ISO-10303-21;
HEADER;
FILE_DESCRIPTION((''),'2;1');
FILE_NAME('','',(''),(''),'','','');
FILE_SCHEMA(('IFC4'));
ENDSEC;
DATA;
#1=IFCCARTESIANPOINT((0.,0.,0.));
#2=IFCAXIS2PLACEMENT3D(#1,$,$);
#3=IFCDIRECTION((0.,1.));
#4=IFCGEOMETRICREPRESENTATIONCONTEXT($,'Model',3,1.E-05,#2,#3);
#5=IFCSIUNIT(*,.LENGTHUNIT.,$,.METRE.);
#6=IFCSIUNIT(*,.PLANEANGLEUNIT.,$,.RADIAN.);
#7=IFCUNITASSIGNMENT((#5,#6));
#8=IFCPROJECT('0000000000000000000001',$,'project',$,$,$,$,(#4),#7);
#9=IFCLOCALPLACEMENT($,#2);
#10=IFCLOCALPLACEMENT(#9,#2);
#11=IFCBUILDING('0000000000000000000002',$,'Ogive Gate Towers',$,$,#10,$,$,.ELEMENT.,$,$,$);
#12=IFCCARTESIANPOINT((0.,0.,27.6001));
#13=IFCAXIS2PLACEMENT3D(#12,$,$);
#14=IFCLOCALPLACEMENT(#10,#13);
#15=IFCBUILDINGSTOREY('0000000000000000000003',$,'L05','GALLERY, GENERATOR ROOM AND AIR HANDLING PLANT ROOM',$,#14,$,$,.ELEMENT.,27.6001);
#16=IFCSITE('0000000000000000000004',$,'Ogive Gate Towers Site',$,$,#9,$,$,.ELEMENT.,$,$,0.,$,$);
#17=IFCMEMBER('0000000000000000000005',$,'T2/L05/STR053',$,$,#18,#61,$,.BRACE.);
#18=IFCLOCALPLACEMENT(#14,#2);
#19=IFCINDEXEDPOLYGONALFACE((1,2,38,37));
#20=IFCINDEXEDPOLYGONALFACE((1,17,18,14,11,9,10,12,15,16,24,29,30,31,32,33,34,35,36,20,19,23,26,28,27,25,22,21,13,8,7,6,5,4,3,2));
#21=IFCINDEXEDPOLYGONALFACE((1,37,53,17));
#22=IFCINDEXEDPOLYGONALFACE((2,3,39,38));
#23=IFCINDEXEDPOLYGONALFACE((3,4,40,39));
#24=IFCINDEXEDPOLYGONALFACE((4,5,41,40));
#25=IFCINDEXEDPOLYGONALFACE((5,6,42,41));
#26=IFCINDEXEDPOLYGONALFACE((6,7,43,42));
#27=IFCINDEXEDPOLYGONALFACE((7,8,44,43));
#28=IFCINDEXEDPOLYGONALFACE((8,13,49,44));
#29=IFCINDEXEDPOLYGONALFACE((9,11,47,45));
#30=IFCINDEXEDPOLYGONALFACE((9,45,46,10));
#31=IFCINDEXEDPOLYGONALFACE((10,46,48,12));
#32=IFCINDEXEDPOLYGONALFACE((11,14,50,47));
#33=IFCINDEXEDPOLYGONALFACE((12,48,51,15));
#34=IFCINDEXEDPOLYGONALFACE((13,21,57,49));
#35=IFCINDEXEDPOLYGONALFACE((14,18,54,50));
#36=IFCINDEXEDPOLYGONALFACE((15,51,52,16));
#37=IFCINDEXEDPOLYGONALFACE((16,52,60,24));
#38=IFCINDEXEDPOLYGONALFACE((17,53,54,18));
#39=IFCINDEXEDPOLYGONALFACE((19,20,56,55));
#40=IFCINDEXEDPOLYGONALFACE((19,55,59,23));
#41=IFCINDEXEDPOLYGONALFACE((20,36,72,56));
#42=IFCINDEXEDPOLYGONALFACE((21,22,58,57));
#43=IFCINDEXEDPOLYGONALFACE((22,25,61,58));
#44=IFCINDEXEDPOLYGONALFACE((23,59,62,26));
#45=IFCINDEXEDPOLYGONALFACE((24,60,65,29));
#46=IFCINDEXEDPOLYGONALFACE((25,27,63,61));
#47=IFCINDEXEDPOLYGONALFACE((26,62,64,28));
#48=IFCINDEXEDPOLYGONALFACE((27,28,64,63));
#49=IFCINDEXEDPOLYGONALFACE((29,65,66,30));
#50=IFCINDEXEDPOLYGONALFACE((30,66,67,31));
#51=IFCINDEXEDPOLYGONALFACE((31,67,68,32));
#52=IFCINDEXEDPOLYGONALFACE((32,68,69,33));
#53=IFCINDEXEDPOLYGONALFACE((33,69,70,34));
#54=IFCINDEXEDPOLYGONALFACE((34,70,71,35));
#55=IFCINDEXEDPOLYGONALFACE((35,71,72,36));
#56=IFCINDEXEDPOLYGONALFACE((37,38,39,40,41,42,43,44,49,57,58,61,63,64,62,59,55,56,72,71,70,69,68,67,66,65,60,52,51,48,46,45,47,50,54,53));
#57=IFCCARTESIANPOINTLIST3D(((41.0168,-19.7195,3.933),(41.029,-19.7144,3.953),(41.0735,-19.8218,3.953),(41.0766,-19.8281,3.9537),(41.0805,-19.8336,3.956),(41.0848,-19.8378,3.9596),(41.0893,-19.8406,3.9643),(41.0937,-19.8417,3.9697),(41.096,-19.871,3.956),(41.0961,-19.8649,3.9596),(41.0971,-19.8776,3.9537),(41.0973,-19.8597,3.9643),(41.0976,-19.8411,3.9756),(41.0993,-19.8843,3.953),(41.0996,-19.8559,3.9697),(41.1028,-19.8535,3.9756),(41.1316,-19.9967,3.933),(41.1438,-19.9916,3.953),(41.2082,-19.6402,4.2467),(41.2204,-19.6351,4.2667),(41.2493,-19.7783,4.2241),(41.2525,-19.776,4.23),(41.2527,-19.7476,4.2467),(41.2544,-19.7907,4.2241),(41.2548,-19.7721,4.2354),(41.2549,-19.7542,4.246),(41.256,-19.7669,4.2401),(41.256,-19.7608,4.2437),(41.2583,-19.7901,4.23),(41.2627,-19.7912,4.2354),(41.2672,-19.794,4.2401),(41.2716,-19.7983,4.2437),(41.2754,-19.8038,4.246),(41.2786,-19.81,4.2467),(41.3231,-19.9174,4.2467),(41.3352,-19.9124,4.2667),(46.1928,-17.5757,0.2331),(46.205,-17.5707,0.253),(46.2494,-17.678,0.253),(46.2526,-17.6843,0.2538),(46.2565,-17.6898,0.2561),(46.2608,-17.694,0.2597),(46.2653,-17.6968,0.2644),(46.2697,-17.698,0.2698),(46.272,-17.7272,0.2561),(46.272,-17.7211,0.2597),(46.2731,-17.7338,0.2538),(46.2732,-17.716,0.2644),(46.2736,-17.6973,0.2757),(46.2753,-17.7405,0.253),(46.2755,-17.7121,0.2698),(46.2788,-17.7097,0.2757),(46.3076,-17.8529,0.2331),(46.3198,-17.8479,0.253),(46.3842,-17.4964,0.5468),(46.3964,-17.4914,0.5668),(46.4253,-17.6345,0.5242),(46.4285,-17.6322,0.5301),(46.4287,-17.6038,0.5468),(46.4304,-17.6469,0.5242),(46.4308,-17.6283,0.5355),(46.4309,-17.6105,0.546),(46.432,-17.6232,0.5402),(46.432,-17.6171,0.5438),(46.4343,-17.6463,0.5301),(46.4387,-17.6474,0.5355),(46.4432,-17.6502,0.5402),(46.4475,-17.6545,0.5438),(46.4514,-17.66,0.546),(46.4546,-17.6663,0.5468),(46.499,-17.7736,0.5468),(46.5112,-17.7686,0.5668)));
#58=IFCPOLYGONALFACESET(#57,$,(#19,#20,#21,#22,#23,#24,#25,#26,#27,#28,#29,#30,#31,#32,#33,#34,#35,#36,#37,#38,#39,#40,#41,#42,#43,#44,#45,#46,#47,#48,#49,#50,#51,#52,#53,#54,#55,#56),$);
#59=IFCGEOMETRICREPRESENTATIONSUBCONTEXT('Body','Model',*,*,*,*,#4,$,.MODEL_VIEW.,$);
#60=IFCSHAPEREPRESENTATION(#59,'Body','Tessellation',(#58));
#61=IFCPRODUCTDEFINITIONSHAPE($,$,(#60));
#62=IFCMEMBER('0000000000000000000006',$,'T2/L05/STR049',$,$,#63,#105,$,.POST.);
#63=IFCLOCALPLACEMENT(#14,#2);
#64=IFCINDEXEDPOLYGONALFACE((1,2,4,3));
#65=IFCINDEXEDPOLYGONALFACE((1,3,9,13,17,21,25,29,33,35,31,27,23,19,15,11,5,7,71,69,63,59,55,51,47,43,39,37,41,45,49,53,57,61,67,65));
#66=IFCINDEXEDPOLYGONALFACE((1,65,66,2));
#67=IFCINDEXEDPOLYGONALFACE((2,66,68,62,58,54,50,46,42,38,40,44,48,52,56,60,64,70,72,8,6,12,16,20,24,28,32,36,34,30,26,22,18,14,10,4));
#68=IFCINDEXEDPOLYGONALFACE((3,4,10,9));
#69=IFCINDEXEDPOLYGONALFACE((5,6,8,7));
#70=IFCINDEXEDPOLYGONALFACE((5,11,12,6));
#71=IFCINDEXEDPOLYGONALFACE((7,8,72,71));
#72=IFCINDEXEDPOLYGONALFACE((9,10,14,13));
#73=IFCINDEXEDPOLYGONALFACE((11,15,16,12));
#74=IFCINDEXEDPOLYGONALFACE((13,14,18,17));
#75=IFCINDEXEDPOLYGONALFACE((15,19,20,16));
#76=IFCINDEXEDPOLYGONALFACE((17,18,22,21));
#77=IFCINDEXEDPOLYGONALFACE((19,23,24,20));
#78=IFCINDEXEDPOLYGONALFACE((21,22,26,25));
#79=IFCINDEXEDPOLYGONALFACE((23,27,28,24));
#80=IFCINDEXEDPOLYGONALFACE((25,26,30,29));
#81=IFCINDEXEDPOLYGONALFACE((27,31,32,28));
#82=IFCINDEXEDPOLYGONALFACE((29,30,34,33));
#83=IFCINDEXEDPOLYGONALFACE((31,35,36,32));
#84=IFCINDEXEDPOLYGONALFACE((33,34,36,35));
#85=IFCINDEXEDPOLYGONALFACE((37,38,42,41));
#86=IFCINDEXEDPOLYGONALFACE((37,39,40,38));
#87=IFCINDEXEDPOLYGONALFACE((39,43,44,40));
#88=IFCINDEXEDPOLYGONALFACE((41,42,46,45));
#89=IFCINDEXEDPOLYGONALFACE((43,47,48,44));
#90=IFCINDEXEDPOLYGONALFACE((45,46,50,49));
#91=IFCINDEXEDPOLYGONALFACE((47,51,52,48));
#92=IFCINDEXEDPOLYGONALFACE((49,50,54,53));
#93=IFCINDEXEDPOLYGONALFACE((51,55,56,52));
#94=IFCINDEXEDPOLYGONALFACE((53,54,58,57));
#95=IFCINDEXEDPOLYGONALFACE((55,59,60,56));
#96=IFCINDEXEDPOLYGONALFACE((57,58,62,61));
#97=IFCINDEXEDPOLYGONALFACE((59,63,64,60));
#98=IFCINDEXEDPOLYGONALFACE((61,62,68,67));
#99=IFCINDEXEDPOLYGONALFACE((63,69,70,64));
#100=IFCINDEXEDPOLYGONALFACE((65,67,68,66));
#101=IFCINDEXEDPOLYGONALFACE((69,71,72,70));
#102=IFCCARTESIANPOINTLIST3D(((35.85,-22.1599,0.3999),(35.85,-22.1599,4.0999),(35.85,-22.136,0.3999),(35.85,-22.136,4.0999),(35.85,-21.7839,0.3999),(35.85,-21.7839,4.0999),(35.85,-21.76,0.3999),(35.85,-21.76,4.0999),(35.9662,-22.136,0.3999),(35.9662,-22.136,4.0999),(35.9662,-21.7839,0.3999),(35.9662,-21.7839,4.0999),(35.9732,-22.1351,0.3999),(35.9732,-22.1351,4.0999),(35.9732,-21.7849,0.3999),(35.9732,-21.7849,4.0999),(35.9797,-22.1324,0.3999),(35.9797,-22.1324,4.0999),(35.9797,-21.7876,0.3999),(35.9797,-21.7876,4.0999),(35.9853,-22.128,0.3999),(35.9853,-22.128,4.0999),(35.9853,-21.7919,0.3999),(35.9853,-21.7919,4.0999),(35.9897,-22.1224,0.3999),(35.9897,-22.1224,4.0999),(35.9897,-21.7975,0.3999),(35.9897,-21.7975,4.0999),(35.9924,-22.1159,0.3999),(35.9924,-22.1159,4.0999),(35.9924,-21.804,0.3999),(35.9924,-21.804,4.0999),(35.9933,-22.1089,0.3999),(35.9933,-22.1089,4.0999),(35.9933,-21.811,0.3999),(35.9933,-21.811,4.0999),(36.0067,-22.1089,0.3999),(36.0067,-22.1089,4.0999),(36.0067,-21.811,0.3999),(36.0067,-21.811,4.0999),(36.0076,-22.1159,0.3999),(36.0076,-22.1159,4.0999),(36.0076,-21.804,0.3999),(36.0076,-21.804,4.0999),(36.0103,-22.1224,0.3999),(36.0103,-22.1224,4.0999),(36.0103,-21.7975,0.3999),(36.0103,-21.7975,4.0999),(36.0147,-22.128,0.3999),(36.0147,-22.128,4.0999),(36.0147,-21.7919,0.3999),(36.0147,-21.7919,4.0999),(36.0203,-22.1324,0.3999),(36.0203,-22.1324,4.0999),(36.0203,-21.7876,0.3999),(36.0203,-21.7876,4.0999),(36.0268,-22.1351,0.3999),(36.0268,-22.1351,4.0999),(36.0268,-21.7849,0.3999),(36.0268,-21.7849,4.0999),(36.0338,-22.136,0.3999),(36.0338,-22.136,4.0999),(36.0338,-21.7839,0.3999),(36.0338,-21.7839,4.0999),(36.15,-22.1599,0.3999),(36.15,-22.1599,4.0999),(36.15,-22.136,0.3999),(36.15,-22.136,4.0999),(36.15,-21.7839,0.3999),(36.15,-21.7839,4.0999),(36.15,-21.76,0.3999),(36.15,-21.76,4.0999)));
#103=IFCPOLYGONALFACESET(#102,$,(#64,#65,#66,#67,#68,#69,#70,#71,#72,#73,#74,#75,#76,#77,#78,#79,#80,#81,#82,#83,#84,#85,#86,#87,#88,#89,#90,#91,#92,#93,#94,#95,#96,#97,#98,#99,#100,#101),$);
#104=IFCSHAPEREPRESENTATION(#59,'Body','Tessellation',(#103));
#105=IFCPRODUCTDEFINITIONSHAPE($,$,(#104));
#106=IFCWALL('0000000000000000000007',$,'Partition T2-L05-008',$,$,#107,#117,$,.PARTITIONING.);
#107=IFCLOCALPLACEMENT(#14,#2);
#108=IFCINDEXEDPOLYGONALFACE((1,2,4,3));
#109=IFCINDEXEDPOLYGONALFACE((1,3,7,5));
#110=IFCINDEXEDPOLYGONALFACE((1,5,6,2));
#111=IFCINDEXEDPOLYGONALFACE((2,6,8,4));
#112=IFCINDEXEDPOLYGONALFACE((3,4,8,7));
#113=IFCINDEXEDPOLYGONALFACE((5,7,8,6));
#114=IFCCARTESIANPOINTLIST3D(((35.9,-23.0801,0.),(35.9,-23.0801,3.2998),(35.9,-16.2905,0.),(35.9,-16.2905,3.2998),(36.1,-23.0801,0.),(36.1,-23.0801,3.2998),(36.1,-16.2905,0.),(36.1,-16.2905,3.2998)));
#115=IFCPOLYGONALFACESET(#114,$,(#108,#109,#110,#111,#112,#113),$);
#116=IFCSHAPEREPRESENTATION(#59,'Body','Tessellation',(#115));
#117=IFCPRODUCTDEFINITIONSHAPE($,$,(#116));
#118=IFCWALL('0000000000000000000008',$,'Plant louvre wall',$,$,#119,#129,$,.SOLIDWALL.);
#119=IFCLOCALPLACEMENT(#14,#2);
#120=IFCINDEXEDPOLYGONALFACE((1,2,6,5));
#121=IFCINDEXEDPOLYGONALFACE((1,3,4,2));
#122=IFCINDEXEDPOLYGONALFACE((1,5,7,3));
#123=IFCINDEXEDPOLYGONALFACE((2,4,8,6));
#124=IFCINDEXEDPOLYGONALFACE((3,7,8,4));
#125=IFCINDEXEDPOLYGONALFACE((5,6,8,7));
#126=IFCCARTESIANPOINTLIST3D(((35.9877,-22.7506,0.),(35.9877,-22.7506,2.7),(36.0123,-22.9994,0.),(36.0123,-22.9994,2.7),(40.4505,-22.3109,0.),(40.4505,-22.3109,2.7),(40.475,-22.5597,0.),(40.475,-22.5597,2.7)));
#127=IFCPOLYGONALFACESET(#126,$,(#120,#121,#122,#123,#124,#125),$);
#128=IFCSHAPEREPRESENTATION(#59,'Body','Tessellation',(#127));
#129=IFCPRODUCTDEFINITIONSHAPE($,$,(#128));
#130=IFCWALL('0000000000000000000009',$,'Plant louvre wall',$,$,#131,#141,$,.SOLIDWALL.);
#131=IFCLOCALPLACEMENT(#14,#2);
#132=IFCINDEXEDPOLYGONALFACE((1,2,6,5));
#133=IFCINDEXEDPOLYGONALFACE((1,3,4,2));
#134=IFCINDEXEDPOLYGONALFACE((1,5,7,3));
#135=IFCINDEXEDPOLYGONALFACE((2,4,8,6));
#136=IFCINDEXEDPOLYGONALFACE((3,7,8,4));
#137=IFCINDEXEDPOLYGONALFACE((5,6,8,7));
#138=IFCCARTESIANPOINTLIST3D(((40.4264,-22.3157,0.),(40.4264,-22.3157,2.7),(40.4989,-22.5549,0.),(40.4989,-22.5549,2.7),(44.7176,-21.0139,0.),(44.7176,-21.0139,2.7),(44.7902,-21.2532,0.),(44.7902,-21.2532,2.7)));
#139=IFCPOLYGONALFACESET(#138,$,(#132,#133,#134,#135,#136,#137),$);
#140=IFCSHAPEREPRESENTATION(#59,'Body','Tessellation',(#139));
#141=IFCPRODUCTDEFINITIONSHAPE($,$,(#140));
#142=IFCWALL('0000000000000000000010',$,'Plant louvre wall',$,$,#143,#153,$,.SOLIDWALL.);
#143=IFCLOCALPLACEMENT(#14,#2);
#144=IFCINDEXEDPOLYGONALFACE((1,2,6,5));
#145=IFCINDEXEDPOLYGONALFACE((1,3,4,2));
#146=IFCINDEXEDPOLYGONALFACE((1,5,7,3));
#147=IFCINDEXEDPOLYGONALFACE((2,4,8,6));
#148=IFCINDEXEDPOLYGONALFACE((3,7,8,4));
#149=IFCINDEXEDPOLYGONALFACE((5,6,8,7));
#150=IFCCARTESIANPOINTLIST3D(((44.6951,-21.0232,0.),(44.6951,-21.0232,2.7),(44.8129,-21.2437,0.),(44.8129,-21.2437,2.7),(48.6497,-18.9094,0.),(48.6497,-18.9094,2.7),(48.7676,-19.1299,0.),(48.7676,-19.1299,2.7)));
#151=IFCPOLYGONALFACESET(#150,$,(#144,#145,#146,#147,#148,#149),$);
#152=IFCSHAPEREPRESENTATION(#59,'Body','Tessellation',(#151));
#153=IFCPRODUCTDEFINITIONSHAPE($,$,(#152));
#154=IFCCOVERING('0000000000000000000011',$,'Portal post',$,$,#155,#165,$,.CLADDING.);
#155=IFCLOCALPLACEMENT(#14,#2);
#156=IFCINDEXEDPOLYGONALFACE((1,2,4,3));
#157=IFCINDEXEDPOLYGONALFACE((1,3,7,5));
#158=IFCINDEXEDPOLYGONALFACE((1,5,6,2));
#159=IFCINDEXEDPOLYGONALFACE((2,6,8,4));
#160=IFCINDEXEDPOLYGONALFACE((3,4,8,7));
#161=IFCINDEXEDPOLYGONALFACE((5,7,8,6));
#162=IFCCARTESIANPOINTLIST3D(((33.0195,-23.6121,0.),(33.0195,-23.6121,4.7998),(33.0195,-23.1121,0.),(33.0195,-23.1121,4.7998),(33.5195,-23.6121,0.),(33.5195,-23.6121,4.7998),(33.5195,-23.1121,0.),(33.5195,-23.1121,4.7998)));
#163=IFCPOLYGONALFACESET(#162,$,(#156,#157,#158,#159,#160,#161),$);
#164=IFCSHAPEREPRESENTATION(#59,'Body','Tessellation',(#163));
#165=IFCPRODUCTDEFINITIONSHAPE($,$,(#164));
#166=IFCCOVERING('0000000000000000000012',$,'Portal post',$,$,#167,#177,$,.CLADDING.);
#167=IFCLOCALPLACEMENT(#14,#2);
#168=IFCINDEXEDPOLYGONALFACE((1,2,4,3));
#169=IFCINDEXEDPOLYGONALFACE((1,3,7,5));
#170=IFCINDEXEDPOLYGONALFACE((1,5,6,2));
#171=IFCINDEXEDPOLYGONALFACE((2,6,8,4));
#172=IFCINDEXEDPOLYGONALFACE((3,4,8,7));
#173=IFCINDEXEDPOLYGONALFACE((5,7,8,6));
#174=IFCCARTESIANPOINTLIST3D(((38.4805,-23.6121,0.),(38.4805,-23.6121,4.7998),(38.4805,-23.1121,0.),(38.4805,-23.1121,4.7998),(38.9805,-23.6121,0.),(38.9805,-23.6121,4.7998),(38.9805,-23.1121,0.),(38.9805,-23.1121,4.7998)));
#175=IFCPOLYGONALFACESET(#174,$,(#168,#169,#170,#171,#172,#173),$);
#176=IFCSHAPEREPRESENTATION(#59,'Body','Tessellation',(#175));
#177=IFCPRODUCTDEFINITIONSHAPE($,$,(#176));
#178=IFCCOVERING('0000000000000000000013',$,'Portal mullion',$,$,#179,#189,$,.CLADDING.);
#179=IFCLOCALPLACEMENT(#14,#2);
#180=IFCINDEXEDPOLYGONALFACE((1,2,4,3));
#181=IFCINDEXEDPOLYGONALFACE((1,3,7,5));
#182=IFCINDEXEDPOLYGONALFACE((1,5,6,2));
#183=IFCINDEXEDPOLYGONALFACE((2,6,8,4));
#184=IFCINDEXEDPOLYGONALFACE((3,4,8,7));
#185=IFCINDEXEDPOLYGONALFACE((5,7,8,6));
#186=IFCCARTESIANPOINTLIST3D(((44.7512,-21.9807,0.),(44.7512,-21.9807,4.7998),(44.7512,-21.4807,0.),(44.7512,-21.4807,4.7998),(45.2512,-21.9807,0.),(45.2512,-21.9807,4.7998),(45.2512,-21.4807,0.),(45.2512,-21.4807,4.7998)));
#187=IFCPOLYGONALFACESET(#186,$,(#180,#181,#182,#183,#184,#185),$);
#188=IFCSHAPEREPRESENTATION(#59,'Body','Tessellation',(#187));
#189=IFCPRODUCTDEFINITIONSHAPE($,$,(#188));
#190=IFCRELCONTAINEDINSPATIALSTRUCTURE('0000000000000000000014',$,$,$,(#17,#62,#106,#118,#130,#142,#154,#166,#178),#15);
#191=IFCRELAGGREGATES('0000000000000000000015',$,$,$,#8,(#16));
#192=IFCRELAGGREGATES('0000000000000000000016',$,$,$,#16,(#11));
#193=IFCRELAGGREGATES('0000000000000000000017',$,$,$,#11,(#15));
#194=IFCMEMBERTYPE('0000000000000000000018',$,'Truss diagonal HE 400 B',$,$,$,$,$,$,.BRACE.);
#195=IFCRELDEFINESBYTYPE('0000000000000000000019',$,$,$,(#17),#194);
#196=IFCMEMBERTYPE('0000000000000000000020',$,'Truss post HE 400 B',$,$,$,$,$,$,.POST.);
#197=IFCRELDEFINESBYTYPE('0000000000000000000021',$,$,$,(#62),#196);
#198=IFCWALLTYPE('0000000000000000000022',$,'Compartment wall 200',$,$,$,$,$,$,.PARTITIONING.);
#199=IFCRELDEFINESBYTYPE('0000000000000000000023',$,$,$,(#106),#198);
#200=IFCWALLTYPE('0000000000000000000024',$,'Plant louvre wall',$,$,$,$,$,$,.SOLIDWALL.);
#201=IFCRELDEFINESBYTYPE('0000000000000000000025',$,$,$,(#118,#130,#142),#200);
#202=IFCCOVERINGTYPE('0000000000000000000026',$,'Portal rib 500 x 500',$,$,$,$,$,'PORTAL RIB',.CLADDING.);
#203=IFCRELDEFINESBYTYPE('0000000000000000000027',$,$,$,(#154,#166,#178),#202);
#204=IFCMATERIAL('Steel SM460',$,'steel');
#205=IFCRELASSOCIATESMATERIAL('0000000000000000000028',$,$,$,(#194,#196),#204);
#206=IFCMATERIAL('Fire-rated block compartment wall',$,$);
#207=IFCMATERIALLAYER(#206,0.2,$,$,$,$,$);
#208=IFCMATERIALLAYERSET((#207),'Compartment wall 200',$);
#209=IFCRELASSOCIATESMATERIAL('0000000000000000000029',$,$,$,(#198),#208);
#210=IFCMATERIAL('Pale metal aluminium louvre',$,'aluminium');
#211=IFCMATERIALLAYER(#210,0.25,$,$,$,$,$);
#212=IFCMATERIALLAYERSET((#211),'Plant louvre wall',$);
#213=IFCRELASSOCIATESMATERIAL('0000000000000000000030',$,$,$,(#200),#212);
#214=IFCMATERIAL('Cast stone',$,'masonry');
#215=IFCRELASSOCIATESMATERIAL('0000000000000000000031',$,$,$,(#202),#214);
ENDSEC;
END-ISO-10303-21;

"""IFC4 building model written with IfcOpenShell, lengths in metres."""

from ifc_helpers import new_model, si_unit, direction, frame, frame_2d, origin, origin_2d, place, context, subcontext, project, spatial, rectangle, i_section, extrude, material, layer, layer_set, material_profile, profile_set, type_object, element, save


model = new_model("IFC4")

# Units and contexts
model_context = context("Model", 3, precision=1e-05, world=origin(), true_north=direction((0.0, 1.0)))
body_context = subcontext(model_context, "Body", "Model", "MODEL_VIEW")
ifc_project = project(units=[si_unit("LENGTHUNIT", "METRE"), si_unit("PLANEANGLEUNIT", "RADIAN")], contexts=[model_context])

# Site, building, storey
site_placement = place(None, origin())
site = spatial("IfcSite", under=ifc_project, at=site_placement, Name="Ogive Gate Towers Site", CompositionType="ELEMENT", RefElevation=0.0)
building_placement = place(site_placement, origin())
building = spatial("IfcBuilding", under=site, at=building_placement, Name="Ogive Gate Towers", CompositionType="ELEMENT")
storey_placement = place(building_placement, frame((0.0, 0.0, 27.6001)))
storey = spatial("IfcBuildingStorey", under=building, at=storey_placement, Name="L05", Description="GALLERY, GENERATOR ROOM AND AIR HANDLING PLANT ROOM", CompositionType="ELEMENT", Elevation=27.6001)

# Shared definitions
ifc_material_1 = material(Name="Steel SM460", Category="steel")

# Members
ifc_material_profile_1 = material_profile(ifc_material_1, i_section(OverallWidth=0.3, OverallDepth=0.3999, WebThickness=0.0134, FlangeThickness=0.0239, FilletRadius=0.0271, at=origin_2d()), Name="HE 400 B")
ifc_profile_set_1 = profile_set([ifc_material_profile_1], Name="Steel SM460")
member_type_1 = type_object("IfcMemberType", Name="Truss diagonal HE 400 B", PredefinedType="BRACE", material=ifc_profile_set_1)
member_1_placement = place(storey_placement, frame((41.176, -19.8159, 4.0999), z_axis=(0.770939, 0.319306, -0.551086), x_axis=(-0.382656, 0.923891, 0.0)))
element("IfcMember", 1, at=member_1_placement, inside=storey, type_object=member_type_1, Name="T2/L05/STR053", PredefinedType="BRACE", context=body_context, shape_type="SweptSolid", body=[
    extrude(i_section(OverallWidth=0.3, OverallDepth=0.3999, WebThickness=0.0134, FlangeThickness=0.0239, FilletRadius=0.0271, at=origin_2d()), origin(), (0.0, 0.0, 1.0), 6.7139),
])
ifc_material_profile_2 = material_profile(ifc_material_1, i_section(OverallWidth=0.3, OverallDepth=0.3999, WebThickness=0.0134, FlangeThickness=0.0239, FilletRadius=0.0271, at=origin_2d()), Name="HE 400 B")
ifc_profile_set_2 = profile_set([ifc_material_profile_2], Name="Steel SM460")
member_type_2 = type_object("IfcMemberType", Name="Truss post HE 400 B", PredefinedType="POST", material=ifc_profile_set_2)
member_2_placement = place(storey_placement, frame((36.0, -21.96, 0.3999), z_axis=(0.0, 0.0, 1.0), x_axis=(1.0, 0.0, 0.0)))
element("IfcMember", 2, at=member_2_placement, inside=storey, type_object=member_type_2, Name="T2/L05/STR049", PredefinedType="POST", context=body_context, shape_type="SweptSolid", body=[
    extrude(i_section(OverallWidth=0.3, OverallDepth=0.3999, WebThickness=0.0134, FlangeThickness=0.0239, FilletRadius=0.0271, at=origin_2d()), origin(), (0.0, 0.0, 1.0), 3.7),
])

# Walls
ifc_material_2 = material(Name="Fire-rated block compartment wall")
ifc_layer_1 = layer(ifc_material_2, 0.2)
ifc_layer_set_1 = layer_set([ifc_layer_1], Name="Compartment wall 200")
wall_type_1 = type_object("IfcWallType", Name="Compartment wall 200", PredefinedType="PARTITIONING", material=ifc_layer_set_1)
wall_1_placement = place(storey_placement, frame((36.0, -23.0801, 0.0), z_axis=(0.0, 0.0, 1.0), x_axis=(0.0, 1.0, 0.0)))
element("IfcWall", 3, at=wall_1_placement, inside=storey, type_object=wall_type_1, Name="Partition T2-L05-008", PredefinedType="PARTITIONING", context=body_context, shape_type="SweptSolid", body=[
    extrude(rectangle(XDim=6.7896, YDim=0.2, at=frame_2d((3.3948, 0.0))), origin(), (0.0, 0.0, 1.0), 3.2998),
])
ifc_material_3 = material(Name="Pale metal aluminium louvre", Category="aluminium")
ifc_layer_2 = layer(ifc_material_3, 0.25)
ifc_layer_set_2 = layer_set([ifc_layer_2], Name="Plant louvre wall")
wall_type_2 = type_object("IfcWallType", Name="Plant louvre wall", PredefinedType="SOLIDWALL", material=ifc_layer_set_2)
for number, where, z_axis, x_axis, name in (
    (4, (36.0, -22.875, 0.0), (0.0, 0.0, 1.0), (0.995181, 0.098054, 0.0), "Plant louvre wall"),
    (5, (40.4626, -22.4353, 0.0), (0.0, 0.0, 1.0), (0.956939, 0.290288, 0.0), "Plant louvre wall"),
):
    element("IfcWall", number, at=place(storey_placement, frame(where, z_axis=z_axis, x_axis=x_axis)), inside=storey, type_object=wall_type_2, Name=name, PredefinedType="SOLIDWALL", context=body_context, shape_type="SweptSolid", body=[
        extrude(rectangle(XDim=4.4844, YDim=0.25, at=frame_2d((2.2422, 0.0))), origin(), (0.0, 0.0, 1.0), 2.7),
    ])
wall_2_placement = place(storey_placement, frame((44.7539, -21.1335, 0.0), z_axis=(0.0, 0.0, 1.0), x_axis=(0.881922, 0.471396, 0.0)))
element("IfcWall", 6, at=wall_2_placement, inside=storey, type_object=wall_type_2, Name="Plant louvre wall", PredefinedType="SOLIDWALL", context=body_context, shape_type="SweptSolid", body=[
    extrude(rectangle(XDim=4.4841, YDim=0.25, at=frame_2d((2.2422, 0.0))), origin(), (0.0, 0.0, 1.0), 2.7),
])

# Coverings
ifc_material_4 = material(Name="Cast stone", Category="masonry")
ifc_material_profile_3 = material_profile(ifc_material_4, rectangle(XDim=0.5, YDim=0.5, at=origin_2d()), Name="500 x 500 cast stone")
ifc_profile_set_3 = profile_set([ifc_material_profile_3], Name="Cast stone")
covering_type = type_object("IfcCoveringType", Name="Portal rib 500 x 500", ElementType="PORTAL RIB", PredefinedType="CLADDING", material=ifc_profile_set_3)
for number, where, z_axis, x_axis, name in (
    (7, (33.2695, -23.3621, 0.0), (0.0, 0.0, 1.0), (1.0, 0.0, 0.0), "Portal post"),
    (8, (38.7305, -23.3621, 0.0), (0.0, 0.0, 1.0), (1.0, 0.0, 0.0), "Portal post"),
    (9, (45.0012, -21.7307, 0.0), (0.0, 0.0, 1.0), (1.0, 0.0, 0.0), "Portal mullion"),
):
    element("IfcCovering", number, at=place(storey_placement, frame(where, z_axis=z_axis, x_axis=x_axis)), inside=storey, type_object=covering_type, Name=name, PredefinedType="CLADDING", context=body_context, shape_type="SweptSolid", body=[
        extrude(rectangle(XDim=0.5, YDim=0.5, at=origin_2d()), origin(), (0.0, 0.0, 1.0), 4.7998),
    ])

save(model, "model.ifc")
